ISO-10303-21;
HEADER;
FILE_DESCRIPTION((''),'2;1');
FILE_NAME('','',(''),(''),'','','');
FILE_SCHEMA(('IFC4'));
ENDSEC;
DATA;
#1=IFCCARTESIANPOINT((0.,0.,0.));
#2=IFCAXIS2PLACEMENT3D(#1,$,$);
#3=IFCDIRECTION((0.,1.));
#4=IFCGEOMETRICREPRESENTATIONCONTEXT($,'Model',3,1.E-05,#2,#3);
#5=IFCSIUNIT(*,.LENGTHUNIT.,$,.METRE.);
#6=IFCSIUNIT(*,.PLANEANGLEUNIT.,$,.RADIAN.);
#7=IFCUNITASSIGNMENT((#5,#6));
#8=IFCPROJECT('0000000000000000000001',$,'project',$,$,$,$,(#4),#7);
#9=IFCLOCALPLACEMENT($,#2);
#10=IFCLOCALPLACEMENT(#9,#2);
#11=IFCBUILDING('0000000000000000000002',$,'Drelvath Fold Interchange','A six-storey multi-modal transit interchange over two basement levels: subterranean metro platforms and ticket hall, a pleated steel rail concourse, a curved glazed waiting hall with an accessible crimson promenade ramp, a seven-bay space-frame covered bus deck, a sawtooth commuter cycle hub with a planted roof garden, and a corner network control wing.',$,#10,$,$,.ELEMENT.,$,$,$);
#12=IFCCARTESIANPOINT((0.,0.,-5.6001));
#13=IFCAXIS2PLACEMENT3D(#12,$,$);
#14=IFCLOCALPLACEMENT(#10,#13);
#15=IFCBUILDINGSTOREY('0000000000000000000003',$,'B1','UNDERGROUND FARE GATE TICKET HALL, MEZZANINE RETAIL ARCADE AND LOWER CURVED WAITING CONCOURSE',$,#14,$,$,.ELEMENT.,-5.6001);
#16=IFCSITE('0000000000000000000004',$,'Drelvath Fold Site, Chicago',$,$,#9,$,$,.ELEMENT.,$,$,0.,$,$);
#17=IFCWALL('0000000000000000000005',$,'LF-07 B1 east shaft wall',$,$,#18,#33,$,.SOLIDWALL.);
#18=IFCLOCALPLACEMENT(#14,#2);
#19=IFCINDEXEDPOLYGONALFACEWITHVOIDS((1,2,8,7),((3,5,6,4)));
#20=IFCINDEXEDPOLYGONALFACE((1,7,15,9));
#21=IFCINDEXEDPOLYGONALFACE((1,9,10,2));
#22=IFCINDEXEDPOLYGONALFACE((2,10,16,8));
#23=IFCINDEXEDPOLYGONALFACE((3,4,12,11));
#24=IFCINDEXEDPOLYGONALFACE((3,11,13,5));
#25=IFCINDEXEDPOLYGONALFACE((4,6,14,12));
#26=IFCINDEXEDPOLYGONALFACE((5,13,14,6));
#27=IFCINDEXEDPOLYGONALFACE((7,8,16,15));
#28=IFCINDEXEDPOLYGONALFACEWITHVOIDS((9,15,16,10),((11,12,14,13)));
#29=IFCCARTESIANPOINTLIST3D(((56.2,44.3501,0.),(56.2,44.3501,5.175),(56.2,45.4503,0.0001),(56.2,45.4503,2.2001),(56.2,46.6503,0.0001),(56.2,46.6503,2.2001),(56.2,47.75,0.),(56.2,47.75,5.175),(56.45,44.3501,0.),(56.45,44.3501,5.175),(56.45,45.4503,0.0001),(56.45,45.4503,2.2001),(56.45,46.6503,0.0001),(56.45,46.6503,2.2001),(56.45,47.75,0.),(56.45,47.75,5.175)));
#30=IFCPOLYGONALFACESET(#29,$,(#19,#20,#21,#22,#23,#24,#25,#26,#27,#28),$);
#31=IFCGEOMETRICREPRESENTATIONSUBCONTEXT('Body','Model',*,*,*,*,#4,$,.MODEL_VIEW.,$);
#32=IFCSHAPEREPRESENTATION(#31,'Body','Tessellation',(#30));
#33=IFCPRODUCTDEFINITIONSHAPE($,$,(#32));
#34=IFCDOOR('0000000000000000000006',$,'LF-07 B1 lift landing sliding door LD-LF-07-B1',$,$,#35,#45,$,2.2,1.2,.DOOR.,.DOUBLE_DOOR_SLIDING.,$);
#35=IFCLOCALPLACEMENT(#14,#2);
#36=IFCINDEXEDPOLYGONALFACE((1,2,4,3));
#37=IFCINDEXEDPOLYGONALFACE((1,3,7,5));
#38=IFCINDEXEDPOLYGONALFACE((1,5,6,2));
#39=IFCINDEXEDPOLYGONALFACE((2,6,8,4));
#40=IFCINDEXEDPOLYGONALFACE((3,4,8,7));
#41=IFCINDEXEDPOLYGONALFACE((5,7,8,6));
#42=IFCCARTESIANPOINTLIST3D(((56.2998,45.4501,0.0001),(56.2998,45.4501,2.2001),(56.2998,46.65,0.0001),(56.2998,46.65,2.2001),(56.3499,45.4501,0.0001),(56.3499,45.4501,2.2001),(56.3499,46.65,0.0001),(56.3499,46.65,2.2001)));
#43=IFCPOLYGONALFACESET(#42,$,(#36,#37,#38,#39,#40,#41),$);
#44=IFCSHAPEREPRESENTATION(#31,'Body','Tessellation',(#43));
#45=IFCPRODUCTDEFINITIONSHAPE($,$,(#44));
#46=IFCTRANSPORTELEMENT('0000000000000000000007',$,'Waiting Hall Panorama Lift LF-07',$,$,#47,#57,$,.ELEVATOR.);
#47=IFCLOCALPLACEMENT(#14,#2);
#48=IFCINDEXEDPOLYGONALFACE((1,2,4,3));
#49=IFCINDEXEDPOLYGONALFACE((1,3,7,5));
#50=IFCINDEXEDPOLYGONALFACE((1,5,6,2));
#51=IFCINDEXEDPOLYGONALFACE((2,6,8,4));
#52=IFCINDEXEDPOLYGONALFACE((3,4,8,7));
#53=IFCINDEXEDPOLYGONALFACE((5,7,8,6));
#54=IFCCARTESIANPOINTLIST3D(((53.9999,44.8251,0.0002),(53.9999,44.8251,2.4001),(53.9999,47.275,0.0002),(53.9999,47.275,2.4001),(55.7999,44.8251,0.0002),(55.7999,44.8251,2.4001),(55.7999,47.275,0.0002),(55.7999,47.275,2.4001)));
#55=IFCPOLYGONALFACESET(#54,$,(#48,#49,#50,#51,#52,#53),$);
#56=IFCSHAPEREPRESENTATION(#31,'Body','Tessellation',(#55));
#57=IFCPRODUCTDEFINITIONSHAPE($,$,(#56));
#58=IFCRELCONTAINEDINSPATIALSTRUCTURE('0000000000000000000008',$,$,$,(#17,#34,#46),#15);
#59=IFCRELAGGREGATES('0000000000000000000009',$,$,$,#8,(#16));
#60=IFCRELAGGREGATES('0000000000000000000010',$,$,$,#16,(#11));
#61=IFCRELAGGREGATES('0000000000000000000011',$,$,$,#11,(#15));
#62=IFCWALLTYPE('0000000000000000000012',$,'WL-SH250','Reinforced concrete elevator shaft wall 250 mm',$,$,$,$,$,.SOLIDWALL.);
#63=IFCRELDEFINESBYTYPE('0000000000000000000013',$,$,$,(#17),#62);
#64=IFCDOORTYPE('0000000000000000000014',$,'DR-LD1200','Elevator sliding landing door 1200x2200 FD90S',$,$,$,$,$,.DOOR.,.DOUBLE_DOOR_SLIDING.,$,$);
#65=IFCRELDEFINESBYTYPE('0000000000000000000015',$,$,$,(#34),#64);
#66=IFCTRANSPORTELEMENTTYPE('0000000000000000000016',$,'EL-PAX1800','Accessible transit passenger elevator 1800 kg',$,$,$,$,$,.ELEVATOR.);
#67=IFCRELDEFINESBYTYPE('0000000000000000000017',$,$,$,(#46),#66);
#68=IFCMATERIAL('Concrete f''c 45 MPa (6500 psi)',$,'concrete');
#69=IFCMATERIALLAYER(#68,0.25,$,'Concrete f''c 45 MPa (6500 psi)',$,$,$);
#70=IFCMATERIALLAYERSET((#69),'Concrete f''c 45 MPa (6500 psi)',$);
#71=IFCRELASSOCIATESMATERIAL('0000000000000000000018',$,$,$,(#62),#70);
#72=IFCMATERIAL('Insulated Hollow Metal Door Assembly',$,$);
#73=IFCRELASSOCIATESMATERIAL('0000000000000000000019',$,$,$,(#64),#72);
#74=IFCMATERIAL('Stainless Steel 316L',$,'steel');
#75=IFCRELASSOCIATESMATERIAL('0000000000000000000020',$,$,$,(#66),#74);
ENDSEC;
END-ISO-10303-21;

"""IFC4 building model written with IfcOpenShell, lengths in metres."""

from ifc_helpers import new_model, si_unit, direction, frame, frame_2d, origin, origin_2d, place, context, subcontext, project, spatial, rectangle, extrude, material, layer, layer_set, type_object, element, fill, save


model = new_model("IFC4")

# Units and contexts
model_context = context("Model", 3, precision=1e-05, world=origin(), true_north=direction((0.0, 1.0)))
body_context = subcontext(model_context, "Body", "Model", "MODEL_VIEW")
ifc_project = project(units=[si_unit("LENGTHUNIT", "METRE"), si_unit("PLANEANGLEUNIT", "RADIAN")], contexts=[model_context])

# Site, building, storey
site_placement = place(None, origin())
site = spatial("IfcSite", under=ifc_project, at=site_placement, Name="Drelvath Fold Site, Chicago", CompositionType="ELEMENT", RefElevation=0.0)
building_placement = place(site_placement, origin())
building = spatial("IfcBuilding", under=site, at=building_placement, Name="Drelvath Fold Interchange", Description="A six-storey multi-modal transit interchange over two basement levels: subterranean metro platforms and ticket hall, a pleated steel rail concourse, a curved glazed waiting hall with an accessible crimson promenade ramp, a seven-bay space-frame covered bus deck, a sawtooth commuter cycle hub with a planted roof garden, and a corner network control wing.", CompositionType="ELEMENT")
storey_placement = place(building_placement, frame((0.0, 0.0, -5.6001)))
storey = spatial("IfcBuildingStorey", under=building, at=storey_placement, Name="B1", Description="UNDERGROUND FARE GATE TICKET HALL, MEZZANINE RETAIL ARCADE AND LOWER CURVED WAITING CONCOURSE", CompositionType="ELEMENT", Elevation=-5.6001)

# Shared definitions
ifc_material_1 = material(Name="Concrete f'c 45 MPa (6500 psi)", Category="concrete")

# Shared definitions
ifc_layer = layer(ifc_material_1, 0.25, Name="Concrete f'c 45 MPa (6500 psi)")
ifc_layer_set = layer_set([ifc_layer], Name="Concrete f'c 45 MPa (6500 psi)")
wall_type = type_object("IfcWallType", Name="WL-SH250", Description="Reinforced concrete elevator shaft wall 250 mm", PredefinedType="SOLIDWALL", material=ifc_layer_set)

# Wall, opening, door
wall_1_placement = place(storey_placement, frame((56.325, 44.3501, 0.0), z_axis=(0.0, 0.0, 1.0), x_axis=(0.0, 1.0, 0.0)))
wall_1 = element("IfcWall", 1, at=wall_1_placement, inside=storey, type_object=wall_type, Name="LF-07 B1 east shaft wall", PredefinedType="SOLIDWALL", context=body_context, shape_type="SweptSolid", body=[
    extrude(rectangle(XDim=3.3999, YDim=0.25, at=frame_2d((1.7, 0.0))), origin(), (0.0, 0.0, 1.0), 5.175),
])
opening_placement = place(wall_1_placement, frame((1.1001, 0.0, 0.0)))
opening = element("IfcOpeningElement", 2, at=opening_placement, cuts=wall_1, PredefinedType="OPENING", context=body_context, shape_type="SweptSolid", body=[
    extrude(rectangle(XDim=1.2, YDim=2.2, at=frame_2d((0.6001, 1.1001))), frame((0.0, 0.135, 0.0), z_axis=(0.0, -1.0, 0.0), x_axis=(1.0, 0.0, 0.0)), (0.0, 0.0, 1.0), 0.27),
])
ifc_material_2 = material(Name="Insulated Hollow Metal Door Assembly")
door_type = type_object("IfcDoorType", Name="DR-LD1200", Description="Elevator sliding landing door 1200x2200 FD90S", OperationType="DOUBLE_DOOR_SLIDING", PredefinedType="DOOR", material=ifc_material_2)
door_placement = place(opening_placement, frame((1.2, 0.0, 0.0), z_axis=(0.0, 0.0, 1.0), x_axis=(-1.0, 0.0, 0.0)))
door = element("IfcDoor", 3, at=door_placement, inside=storey, type_object=door_type, Name="LF-07 B1 lift landing sliding door LD-LF-07-B1", OperationType="DOUBLE_DOOR_SLIDING", OverallHeight=2.2, OverallWidth=1.2, PredefinedType="DOOR", context=body_context, shape_type="SweptSolid", body=[
    extrude(rectangle(XDim=1.2, YDim=2.2, at=frame_2d((0.6001, 1.1001))), frame((0.0, 0.0249, 0.0), z_axis=(0.0, -1.0, 0.0), x_axis=(1.0, 0.0, 0.0)), (0.0, 0.0, 1.0), 0.05),
])
fill(opening, door)

# Transport element
ifc_material_3 = material(Name="Stainless Steel 316L", Category="steel")
transport_element_type = type_object("IfcTransportElementType", Name="EL-PAX1800", Description="Accessible transit passenger elevator 1800 kg", PredefinedType="ELEVATOR", material=ifc_material_3)
transport_element_placement = place(storey_placement, frame((54.8999, 46.05, 0.0002), z_axis=(0.0, 0.0, 1.0), x_axis=(1.0, 0.0, 0.0)))
element("IfcTransportElement", 4, at=transport_element_placement, inside=storey, type_object=transport_element_type, Name="Waiting Hall Panorama Lift LF-07", PredefinedType="ELEVATOR", context=body_context, shape_type="SweptSolid", body=[
    extrude(rectangle(XDim=1.8, YDim=2.45, at=origin_2d()), origin(), (0.0, 0.0, 1.0), 2.3999),
])

save(model, "model.ifc")
